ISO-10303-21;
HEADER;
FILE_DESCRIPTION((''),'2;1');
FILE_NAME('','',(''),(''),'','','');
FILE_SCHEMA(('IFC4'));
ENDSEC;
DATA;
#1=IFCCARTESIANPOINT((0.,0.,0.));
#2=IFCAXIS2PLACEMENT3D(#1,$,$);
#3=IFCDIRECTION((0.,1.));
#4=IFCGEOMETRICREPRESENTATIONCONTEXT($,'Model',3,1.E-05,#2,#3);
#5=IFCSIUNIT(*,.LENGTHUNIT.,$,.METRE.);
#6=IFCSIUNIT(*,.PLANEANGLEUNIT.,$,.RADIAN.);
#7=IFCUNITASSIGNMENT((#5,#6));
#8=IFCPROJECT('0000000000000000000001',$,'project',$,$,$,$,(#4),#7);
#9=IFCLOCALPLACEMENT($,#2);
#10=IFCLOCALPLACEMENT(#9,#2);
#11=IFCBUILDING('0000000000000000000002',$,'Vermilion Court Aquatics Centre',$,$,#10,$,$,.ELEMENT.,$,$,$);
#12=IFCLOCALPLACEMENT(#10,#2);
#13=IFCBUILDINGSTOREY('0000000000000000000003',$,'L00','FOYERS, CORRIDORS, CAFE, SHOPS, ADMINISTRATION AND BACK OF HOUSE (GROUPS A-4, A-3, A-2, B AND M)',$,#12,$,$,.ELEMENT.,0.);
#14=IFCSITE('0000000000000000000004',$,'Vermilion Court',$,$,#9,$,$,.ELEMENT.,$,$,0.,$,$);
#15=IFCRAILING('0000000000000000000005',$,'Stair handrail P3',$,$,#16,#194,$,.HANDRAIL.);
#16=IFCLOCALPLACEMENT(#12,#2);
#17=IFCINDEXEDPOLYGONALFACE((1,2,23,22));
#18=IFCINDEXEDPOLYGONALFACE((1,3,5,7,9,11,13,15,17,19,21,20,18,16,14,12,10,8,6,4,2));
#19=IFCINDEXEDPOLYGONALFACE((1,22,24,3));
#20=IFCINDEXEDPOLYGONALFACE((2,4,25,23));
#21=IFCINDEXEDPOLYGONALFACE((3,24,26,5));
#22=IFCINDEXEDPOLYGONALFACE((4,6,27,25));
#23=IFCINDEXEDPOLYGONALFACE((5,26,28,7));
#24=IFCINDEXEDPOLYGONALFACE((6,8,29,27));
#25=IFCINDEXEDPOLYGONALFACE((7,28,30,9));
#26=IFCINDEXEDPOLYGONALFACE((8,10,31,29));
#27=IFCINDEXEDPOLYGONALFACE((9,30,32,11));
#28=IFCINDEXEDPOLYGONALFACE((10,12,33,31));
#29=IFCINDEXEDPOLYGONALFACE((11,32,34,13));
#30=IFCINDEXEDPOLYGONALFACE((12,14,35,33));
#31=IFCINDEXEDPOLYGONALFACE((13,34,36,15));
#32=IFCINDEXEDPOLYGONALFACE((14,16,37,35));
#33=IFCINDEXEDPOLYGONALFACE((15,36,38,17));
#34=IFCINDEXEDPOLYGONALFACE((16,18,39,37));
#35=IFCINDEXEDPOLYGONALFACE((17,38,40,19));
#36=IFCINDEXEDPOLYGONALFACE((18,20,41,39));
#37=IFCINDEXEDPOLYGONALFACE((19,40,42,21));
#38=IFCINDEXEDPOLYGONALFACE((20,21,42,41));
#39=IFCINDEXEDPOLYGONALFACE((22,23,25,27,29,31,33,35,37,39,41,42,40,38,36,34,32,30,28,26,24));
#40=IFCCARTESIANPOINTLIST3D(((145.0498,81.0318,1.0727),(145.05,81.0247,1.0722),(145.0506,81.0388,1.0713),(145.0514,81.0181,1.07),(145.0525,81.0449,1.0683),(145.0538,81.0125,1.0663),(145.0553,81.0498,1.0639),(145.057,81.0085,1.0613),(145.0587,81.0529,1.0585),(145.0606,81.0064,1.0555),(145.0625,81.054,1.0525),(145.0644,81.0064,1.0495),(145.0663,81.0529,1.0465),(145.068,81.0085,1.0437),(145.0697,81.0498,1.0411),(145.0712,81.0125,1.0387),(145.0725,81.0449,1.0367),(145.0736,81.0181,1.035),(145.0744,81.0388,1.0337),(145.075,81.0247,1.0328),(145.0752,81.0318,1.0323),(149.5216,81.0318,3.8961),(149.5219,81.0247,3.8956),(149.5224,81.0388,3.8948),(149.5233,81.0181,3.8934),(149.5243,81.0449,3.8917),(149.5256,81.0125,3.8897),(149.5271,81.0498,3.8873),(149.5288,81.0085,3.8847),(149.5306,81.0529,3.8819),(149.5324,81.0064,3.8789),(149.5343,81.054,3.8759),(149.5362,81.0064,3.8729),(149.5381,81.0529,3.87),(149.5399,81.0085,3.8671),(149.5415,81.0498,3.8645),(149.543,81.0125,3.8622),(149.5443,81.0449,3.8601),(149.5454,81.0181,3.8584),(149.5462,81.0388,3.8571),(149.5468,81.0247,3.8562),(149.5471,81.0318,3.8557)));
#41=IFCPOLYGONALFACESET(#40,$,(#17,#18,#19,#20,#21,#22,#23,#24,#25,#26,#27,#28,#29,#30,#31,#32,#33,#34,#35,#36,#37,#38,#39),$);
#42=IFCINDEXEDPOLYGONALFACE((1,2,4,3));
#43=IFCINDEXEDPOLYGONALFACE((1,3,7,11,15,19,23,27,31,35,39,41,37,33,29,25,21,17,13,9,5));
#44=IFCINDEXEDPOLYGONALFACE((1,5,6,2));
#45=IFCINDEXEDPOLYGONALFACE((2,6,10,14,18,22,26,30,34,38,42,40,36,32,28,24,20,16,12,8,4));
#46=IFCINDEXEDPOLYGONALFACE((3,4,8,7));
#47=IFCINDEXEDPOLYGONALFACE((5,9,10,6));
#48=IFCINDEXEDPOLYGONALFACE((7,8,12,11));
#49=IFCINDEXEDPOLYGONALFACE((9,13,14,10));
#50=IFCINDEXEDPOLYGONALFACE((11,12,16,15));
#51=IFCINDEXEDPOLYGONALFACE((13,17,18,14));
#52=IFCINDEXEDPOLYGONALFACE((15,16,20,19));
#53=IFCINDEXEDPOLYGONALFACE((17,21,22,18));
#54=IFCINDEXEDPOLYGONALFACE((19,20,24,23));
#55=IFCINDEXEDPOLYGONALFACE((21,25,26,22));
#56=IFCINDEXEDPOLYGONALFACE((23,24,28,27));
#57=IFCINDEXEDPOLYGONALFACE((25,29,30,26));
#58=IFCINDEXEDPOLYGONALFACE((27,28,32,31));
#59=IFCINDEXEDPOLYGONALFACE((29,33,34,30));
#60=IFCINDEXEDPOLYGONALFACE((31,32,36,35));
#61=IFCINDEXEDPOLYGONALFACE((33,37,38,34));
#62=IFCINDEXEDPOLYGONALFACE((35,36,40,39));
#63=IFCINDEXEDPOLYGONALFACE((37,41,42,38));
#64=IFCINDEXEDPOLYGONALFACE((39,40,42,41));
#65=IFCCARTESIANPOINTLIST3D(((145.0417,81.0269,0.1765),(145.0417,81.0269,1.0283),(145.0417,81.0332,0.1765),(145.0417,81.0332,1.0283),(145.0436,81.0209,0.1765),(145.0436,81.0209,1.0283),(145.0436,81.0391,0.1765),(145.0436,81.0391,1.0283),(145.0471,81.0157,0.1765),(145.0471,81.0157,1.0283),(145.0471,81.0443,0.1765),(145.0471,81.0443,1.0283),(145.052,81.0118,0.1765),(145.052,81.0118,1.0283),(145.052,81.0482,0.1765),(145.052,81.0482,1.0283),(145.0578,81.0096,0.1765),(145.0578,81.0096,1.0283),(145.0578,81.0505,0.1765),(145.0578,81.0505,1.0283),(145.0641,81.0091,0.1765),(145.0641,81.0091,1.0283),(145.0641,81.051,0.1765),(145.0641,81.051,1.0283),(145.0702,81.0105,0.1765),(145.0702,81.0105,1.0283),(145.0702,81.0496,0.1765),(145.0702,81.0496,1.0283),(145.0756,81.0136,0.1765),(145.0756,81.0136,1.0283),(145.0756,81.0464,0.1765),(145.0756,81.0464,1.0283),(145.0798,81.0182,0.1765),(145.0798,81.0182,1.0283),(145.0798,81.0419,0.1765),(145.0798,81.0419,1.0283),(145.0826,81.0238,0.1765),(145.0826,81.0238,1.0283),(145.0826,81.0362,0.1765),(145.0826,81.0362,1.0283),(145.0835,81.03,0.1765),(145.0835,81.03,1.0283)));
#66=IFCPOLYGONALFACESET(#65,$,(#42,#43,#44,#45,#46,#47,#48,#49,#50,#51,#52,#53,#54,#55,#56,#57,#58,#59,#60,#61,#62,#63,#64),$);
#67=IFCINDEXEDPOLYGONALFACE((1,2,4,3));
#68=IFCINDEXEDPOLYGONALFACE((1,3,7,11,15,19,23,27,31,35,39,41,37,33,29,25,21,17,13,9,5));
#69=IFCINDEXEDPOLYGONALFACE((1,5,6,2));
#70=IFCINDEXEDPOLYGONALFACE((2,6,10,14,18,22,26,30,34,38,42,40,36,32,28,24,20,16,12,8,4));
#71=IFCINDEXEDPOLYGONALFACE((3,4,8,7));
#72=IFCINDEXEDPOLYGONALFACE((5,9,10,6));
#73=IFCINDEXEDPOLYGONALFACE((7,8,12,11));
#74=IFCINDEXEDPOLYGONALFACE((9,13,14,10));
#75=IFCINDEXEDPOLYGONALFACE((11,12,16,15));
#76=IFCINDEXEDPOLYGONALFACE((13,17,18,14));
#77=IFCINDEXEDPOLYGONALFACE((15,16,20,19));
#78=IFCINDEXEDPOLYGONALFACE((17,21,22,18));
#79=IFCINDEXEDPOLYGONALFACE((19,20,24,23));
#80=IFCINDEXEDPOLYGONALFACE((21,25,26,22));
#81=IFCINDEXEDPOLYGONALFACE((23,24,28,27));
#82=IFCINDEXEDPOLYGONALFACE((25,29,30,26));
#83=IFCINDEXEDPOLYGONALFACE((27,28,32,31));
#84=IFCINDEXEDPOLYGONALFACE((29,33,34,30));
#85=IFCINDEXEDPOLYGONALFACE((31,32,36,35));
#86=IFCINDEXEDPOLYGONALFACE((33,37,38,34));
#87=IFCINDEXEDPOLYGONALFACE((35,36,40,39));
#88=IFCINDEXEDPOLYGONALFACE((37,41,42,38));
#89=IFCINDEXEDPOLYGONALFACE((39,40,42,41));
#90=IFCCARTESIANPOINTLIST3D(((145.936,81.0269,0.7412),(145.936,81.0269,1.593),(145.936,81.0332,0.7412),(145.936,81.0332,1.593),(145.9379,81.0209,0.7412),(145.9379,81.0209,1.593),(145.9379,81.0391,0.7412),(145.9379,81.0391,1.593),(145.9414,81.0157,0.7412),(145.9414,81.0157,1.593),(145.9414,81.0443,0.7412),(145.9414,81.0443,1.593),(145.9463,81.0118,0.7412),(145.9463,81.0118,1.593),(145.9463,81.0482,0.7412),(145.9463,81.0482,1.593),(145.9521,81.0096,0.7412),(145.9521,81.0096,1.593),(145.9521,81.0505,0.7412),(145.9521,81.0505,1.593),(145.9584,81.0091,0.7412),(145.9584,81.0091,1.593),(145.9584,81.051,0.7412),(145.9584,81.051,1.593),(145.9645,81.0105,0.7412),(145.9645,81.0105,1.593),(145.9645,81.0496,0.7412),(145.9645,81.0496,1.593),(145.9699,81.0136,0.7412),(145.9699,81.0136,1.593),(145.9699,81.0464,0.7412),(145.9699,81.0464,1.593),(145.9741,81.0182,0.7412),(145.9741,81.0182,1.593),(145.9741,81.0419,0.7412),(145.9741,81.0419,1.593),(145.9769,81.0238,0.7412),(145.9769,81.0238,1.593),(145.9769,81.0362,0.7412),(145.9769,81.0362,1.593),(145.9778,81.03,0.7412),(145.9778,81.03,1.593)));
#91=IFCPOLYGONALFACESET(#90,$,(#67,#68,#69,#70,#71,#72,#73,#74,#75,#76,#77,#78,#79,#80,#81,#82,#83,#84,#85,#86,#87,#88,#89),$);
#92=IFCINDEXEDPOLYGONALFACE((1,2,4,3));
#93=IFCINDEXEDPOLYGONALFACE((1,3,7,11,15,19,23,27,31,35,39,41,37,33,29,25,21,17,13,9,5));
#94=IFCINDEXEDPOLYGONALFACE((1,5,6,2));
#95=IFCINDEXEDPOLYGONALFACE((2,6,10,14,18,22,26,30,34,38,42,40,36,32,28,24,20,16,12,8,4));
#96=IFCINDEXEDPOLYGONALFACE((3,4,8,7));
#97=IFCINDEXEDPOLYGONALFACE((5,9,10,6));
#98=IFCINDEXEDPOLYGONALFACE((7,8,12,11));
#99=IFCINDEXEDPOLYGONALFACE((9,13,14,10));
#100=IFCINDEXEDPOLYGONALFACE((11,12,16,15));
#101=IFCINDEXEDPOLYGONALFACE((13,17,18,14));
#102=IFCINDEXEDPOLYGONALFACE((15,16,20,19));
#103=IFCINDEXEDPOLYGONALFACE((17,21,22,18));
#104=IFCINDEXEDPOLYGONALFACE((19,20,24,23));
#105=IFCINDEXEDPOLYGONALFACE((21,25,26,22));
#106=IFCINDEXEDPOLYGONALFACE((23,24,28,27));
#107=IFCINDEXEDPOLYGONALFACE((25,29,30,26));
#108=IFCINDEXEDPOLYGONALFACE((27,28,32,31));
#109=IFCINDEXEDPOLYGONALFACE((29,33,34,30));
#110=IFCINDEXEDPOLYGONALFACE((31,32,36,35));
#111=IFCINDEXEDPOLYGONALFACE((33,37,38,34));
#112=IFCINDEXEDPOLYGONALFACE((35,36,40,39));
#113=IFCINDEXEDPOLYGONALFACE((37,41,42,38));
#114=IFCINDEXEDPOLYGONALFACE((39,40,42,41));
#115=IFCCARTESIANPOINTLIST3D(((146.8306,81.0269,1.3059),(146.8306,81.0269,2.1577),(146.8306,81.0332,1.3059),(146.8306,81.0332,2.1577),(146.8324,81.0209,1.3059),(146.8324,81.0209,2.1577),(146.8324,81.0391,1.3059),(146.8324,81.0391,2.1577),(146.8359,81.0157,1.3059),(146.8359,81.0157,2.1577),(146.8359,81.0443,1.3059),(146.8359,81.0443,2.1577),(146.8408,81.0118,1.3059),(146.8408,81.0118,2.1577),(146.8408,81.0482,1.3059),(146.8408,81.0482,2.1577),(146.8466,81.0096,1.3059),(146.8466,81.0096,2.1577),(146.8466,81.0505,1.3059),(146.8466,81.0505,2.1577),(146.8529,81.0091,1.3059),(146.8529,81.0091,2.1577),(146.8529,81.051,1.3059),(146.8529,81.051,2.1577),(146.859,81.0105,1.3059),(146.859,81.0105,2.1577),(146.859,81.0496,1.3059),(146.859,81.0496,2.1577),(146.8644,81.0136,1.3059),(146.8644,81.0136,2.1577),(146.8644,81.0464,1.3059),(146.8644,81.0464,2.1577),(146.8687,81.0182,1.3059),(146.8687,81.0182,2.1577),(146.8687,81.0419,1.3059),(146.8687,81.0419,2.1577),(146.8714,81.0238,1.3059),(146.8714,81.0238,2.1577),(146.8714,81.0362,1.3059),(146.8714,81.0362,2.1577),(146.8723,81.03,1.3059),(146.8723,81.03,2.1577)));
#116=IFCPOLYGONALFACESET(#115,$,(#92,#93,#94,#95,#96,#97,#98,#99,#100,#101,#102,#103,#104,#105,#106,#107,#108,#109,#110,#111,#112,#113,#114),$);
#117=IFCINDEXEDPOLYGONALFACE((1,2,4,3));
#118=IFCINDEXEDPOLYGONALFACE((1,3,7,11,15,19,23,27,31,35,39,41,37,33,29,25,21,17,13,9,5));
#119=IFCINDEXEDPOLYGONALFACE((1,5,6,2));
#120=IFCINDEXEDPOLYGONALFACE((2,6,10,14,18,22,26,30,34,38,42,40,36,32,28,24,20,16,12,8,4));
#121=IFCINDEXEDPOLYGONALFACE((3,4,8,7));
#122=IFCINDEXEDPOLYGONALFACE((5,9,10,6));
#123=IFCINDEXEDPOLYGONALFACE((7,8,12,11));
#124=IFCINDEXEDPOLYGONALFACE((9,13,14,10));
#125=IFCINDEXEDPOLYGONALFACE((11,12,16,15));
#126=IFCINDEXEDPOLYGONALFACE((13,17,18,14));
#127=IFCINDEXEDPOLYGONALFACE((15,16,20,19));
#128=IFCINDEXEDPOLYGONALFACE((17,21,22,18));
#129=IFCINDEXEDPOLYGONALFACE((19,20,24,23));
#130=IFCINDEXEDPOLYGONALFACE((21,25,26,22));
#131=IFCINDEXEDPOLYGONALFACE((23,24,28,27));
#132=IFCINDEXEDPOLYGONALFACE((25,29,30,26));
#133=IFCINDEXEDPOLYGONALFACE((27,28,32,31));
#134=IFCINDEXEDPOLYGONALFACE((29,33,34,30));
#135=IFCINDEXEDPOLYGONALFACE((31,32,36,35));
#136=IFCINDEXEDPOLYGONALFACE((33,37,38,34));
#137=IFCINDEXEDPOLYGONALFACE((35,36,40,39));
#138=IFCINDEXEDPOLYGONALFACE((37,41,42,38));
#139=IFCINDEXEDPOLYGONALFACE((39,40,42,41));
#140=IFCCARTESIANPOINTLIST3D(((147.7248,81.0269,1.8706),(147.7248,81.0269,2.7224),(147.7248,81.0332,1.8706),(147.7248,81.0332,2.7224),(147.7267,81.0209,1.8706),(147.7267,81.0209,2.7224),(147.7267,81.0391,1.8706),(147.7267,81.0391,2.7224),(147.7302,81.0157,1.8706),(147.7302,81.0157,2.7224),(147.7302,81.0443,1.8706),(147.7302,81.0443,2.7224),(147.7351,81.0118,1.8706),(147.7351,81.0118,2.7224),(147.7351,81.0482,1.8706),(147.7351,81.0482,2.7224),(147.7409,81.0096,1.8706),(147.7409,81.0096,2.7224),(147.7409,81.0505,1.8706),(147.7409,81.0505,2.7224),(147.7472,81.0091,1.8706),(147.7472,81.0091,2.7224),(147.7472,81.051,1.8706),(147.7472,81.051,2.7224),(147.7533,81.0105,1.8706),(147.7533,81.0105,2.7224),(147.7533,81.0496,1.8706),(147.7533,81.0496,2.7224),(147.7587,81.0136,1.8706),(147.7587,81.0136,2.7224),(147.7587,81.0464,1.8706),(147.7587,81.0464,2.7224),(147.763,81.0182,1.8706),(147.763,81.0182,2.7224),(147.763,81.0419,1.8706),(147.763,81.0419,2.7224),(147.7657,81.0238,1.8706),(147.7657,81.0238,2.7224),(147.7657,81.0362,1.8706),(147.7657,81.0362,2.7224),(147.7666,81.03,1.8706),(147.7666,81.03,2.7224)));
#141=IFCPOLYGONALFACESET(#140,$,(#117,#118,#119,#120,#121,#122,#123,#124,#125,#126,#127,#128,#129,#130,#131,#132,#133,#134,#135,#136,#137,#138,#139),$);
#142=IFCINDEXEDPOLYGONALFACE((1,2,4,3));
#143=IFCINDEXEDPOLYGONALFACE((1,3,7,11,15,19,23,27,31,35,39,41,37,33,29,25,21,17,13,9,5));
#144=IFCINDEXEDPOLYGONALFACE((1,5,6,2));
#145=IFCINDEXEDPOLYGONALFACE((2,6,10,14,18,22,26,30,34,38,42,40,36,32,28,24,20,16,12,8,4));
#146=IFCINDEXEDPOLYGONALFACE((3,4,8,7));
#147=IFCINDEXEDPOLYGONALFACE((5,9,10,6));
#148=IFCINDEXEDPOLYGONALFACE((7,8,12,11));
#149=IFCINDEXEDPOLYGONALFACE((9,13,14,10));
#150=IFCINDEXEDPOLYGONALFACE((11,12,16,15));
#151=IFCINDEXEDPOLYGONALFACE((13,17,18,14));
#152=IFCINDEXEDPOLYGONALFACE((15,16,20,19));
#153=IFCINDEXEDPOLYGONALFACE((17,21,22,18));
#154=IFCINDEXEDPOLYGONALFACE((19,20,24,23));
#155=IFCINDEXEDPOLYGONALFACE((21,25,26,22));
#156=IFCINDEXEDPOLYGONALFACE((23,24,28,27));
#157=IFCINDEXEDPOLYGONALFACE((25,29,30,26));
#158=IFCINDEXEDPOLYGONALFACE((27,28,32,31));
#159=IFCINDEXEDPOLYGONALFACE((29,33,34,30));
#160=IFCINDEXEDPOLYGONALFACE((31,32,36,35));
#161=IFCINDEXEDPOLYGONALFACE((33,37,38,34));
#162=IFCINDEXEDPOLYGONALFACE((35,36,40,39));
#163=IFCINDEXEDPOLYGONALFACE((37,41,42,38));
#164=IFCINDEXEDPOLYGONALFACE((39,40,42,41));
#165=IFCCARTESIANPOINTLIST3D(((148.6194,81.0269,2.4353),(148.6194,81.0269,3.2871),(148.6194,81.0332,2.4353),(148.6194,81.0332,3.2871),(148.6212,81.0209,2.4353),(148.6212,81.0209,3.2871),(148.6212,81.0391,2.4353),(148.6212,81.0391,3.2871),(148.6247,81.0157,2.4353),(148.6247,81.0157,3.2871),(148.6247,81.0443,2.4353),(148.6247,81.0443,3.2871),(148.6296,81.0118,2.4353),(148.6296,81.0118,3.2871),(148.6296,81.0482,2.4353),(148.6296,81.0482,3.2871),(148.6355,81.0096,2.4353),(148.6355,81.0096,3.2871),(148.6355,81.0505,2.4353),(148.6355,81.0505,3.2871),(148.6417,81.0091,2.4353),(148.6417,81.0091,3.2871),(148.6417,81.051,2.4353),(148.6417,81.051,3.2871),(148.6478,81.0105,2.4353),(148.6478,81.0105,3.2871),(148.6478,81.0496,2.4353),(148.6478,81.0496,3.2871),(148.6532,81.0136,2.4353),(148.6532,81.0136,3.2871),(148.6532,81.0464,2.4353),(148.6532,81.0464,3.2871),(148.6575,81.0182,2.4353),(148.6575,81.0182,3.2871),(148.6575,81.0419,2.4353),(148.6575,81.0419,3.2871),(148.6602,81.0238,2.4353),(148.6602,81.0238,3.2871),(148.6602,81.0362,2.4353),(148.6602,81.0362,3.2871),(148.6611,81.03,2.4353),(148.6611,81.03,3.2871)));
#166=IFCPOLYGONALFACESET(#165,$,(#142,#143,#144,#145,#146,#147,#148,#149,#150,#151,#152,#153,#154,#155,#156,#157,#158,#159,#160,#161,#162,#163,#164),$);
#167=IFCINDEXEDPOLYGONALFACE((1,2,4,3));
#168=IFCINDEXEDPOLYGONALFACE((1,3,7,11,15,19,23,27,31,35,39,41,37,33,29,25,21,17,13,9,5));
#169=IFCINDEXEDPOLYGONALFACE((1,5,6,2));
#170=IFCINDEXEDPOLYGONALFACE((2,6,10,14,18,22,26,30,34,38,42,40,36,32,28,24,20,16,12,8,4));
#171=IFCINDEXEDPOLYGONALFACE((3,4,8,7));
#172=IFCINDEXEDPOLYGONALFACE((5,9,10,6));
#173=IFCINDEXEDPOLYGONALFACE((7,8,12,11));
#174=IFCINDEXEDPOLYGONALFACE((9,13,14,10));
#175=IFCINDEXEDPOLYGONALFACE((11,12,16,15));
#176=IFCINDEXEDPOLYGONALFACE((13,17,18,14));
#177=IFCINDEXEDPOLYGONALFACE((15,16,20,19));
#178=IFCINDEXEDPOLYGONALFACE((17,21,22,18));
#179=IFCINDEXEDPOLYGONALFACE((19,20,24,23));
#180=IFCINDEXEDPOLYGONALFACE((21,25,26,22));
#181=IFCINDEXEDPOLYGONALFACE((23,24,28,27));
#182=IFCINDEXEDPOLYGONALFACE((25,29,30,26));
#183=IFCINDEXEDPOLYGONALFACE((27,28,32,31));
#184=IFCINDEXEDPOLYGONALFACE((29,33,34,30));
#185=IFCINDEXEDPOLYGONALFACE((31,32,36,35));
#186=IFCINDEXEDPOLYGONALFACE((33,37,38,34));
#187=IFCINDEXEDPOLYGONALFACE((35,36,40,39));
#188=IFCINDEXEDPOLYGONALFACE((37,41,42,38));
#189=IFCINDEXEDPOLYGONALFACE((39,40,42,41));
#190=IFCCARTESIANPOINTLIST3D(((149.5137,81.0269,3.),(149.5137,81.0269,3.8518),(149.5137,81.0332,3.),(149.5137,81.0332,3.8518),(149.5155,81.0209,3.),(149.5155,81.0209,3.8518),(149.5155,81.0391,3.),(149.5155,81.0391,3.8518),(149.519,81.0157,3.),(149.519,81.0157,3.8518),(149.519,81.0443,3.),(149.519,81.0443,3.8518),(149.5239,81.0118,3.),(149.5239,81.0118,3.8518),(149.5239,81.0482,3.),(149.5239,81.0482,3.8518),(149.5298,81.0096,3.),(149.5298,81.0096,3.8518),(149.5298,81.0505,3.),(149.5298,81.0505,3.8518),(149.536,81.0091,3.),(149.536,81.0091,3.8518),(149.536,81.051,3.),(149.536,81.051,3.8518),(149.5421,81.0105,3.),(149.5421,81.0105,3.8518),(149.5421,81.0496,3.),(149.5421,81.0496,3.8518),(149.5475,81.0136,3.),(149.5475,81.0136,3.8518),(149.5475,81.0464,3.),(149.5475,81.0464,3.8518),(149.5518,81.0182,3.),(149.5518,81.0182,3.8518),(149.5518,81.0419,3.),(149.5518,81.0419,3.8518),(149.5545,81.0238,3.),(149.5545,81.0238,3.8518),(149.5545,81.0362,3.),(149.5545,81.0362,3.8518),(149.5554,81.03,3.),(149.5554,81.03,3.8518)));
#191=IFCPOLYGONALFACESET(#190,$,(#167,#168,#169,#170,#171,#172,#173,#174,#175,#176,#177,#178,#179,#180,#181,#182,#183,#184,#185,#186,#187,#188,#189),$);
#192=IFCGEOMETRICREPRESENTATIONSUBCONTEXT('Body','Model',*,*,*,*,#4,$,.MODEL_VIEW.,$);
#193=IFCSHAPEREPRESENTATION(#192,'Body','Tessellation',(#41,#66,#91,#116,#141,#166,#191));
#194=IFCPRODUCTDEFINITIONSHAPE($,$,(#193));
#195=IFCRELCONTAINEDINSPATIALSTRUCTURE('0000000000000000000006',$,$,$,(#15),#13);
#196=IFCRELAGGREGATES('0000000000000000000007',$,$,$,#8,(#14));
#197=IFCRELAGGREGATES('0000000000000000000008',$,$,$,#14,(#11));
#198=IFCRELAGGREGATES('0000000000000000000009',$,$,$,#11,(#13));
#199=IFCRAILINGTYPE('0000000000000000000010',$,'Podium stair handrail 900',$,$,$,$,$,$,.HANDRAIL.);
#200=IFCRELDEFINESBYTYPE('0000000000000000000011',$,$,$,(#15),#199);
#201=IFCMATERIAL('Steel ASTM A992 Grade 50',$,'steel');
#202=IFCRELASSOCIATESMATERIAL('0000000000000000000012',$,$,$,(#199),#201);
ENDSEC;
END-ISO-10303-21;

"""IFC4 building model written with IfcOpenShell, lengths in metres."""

from ifc_helpers import new_model, si_unit, direction, frame, origin, origin_2d, place, context, subcontext, project, spatial, circle, extrude, material, type_object, element, save


model = new_model("IFC4")

# Units and contexts
model_context = context("Model", 3, precision=1e-05, world=origin(), true_north=direction((0.0, 1.0)))
body_context = subcontext(model_context, "Body", "Model", "MODEL_VIEW")
ifc_project = project(units=[si_unit("LENGTHUNIT", "METRE"), si_unit("PLANEANGLEUNIT", "RADIAN")], contexts=[model_context])

# Site, building, storey
site_placement = place(None, origin())
site = spatial("IfcSite", under=ifc_project, at=site_placement, Name="Vermilion Court", CompositionType="ELEMENT", RefElevation=0.0)
building_placement = place(site_placement, origin())
building = spatial("IfcBuilding", under=site, at=building_placement, Name="Vermilion Court Aquatics Centre", CompositionType="ELEMENT")
storey_placement = place(building_placement, origin())
storey = spatial("IfcBuildingStorey", under=building, at=storey_placement, Name="L00", Description="FOYERS, CORRIDORS, CAFE, SHOPS, ADMINISTRATION AND BACK OF HOUSE (GROUPS A-4, A-3, A-2, B AND M)", CompositionType="ELEMENT", Elevation=0.0)

# Railing
ifc_material_1 = material(Name="Steel ASTM A992 Grade 50", Category="steel")
railing_type_1 = type_object("IfcRailingType", Name="Podium stair handrail 900", PredefinedType="HANDRAIL", material=ifc_material_1)
for number, where, name in (
    (1, (145.0625, 81.03, 0.1765), "Stair handrail P3"),
):
    element("IfcRailing", number, at=place(storey_placement, frame(where)), inside=storey, type_object=railing_type_1, Name=name, PredefinedType="HANDRAIL", context=body_context, shape_type="SweptSolid", body=[
        extrude(circle(Radius=0.0239, at=origin_2d()), frame((0.0, 0.0, 0.876), z_axis=(0.845565, 0.0, 0.533873), x_axis=(0.0, 1.0, 0.0)), (0.0, 0.0, 1.0), 5.2886),
        extrude(circle(Radius=0.021, at=origin_2d()), origin(), (0.0, 0.0, 1.0), 0.8518),
        extrude(circle(Radius=0.021, at=origin_2d()), frame((0.8943, 0.0, 0.5647)), (0.0, 0.0, 1.0), 0.8518),
        extrude(circle(Radius=0.021, at=origin_2d()), frame((1.7888, 0.0, 1.1294)), (0.0, 0.0, 1.0), 0.8518),
        extrude(circle(Radius=0.021, at=origin_2d()), frame((2.6831, 0.0, 1.6941)), (0.0, 0.0, 1.0), 0.8518),
        extrude(circle(Radius=0.021, at=origin_2d()), frame((3.5776, 0.0, 2.2588)), (0.0, 0.0, 1.0), 0.8518),
        extrude(circle(Radius=0.021, at=origin_2d()), frame((4.4719, 0.0, 2.8235)), (0.0, 0.0, 1.0), 0.8518),
    ])

save(model, "model.ifc")
